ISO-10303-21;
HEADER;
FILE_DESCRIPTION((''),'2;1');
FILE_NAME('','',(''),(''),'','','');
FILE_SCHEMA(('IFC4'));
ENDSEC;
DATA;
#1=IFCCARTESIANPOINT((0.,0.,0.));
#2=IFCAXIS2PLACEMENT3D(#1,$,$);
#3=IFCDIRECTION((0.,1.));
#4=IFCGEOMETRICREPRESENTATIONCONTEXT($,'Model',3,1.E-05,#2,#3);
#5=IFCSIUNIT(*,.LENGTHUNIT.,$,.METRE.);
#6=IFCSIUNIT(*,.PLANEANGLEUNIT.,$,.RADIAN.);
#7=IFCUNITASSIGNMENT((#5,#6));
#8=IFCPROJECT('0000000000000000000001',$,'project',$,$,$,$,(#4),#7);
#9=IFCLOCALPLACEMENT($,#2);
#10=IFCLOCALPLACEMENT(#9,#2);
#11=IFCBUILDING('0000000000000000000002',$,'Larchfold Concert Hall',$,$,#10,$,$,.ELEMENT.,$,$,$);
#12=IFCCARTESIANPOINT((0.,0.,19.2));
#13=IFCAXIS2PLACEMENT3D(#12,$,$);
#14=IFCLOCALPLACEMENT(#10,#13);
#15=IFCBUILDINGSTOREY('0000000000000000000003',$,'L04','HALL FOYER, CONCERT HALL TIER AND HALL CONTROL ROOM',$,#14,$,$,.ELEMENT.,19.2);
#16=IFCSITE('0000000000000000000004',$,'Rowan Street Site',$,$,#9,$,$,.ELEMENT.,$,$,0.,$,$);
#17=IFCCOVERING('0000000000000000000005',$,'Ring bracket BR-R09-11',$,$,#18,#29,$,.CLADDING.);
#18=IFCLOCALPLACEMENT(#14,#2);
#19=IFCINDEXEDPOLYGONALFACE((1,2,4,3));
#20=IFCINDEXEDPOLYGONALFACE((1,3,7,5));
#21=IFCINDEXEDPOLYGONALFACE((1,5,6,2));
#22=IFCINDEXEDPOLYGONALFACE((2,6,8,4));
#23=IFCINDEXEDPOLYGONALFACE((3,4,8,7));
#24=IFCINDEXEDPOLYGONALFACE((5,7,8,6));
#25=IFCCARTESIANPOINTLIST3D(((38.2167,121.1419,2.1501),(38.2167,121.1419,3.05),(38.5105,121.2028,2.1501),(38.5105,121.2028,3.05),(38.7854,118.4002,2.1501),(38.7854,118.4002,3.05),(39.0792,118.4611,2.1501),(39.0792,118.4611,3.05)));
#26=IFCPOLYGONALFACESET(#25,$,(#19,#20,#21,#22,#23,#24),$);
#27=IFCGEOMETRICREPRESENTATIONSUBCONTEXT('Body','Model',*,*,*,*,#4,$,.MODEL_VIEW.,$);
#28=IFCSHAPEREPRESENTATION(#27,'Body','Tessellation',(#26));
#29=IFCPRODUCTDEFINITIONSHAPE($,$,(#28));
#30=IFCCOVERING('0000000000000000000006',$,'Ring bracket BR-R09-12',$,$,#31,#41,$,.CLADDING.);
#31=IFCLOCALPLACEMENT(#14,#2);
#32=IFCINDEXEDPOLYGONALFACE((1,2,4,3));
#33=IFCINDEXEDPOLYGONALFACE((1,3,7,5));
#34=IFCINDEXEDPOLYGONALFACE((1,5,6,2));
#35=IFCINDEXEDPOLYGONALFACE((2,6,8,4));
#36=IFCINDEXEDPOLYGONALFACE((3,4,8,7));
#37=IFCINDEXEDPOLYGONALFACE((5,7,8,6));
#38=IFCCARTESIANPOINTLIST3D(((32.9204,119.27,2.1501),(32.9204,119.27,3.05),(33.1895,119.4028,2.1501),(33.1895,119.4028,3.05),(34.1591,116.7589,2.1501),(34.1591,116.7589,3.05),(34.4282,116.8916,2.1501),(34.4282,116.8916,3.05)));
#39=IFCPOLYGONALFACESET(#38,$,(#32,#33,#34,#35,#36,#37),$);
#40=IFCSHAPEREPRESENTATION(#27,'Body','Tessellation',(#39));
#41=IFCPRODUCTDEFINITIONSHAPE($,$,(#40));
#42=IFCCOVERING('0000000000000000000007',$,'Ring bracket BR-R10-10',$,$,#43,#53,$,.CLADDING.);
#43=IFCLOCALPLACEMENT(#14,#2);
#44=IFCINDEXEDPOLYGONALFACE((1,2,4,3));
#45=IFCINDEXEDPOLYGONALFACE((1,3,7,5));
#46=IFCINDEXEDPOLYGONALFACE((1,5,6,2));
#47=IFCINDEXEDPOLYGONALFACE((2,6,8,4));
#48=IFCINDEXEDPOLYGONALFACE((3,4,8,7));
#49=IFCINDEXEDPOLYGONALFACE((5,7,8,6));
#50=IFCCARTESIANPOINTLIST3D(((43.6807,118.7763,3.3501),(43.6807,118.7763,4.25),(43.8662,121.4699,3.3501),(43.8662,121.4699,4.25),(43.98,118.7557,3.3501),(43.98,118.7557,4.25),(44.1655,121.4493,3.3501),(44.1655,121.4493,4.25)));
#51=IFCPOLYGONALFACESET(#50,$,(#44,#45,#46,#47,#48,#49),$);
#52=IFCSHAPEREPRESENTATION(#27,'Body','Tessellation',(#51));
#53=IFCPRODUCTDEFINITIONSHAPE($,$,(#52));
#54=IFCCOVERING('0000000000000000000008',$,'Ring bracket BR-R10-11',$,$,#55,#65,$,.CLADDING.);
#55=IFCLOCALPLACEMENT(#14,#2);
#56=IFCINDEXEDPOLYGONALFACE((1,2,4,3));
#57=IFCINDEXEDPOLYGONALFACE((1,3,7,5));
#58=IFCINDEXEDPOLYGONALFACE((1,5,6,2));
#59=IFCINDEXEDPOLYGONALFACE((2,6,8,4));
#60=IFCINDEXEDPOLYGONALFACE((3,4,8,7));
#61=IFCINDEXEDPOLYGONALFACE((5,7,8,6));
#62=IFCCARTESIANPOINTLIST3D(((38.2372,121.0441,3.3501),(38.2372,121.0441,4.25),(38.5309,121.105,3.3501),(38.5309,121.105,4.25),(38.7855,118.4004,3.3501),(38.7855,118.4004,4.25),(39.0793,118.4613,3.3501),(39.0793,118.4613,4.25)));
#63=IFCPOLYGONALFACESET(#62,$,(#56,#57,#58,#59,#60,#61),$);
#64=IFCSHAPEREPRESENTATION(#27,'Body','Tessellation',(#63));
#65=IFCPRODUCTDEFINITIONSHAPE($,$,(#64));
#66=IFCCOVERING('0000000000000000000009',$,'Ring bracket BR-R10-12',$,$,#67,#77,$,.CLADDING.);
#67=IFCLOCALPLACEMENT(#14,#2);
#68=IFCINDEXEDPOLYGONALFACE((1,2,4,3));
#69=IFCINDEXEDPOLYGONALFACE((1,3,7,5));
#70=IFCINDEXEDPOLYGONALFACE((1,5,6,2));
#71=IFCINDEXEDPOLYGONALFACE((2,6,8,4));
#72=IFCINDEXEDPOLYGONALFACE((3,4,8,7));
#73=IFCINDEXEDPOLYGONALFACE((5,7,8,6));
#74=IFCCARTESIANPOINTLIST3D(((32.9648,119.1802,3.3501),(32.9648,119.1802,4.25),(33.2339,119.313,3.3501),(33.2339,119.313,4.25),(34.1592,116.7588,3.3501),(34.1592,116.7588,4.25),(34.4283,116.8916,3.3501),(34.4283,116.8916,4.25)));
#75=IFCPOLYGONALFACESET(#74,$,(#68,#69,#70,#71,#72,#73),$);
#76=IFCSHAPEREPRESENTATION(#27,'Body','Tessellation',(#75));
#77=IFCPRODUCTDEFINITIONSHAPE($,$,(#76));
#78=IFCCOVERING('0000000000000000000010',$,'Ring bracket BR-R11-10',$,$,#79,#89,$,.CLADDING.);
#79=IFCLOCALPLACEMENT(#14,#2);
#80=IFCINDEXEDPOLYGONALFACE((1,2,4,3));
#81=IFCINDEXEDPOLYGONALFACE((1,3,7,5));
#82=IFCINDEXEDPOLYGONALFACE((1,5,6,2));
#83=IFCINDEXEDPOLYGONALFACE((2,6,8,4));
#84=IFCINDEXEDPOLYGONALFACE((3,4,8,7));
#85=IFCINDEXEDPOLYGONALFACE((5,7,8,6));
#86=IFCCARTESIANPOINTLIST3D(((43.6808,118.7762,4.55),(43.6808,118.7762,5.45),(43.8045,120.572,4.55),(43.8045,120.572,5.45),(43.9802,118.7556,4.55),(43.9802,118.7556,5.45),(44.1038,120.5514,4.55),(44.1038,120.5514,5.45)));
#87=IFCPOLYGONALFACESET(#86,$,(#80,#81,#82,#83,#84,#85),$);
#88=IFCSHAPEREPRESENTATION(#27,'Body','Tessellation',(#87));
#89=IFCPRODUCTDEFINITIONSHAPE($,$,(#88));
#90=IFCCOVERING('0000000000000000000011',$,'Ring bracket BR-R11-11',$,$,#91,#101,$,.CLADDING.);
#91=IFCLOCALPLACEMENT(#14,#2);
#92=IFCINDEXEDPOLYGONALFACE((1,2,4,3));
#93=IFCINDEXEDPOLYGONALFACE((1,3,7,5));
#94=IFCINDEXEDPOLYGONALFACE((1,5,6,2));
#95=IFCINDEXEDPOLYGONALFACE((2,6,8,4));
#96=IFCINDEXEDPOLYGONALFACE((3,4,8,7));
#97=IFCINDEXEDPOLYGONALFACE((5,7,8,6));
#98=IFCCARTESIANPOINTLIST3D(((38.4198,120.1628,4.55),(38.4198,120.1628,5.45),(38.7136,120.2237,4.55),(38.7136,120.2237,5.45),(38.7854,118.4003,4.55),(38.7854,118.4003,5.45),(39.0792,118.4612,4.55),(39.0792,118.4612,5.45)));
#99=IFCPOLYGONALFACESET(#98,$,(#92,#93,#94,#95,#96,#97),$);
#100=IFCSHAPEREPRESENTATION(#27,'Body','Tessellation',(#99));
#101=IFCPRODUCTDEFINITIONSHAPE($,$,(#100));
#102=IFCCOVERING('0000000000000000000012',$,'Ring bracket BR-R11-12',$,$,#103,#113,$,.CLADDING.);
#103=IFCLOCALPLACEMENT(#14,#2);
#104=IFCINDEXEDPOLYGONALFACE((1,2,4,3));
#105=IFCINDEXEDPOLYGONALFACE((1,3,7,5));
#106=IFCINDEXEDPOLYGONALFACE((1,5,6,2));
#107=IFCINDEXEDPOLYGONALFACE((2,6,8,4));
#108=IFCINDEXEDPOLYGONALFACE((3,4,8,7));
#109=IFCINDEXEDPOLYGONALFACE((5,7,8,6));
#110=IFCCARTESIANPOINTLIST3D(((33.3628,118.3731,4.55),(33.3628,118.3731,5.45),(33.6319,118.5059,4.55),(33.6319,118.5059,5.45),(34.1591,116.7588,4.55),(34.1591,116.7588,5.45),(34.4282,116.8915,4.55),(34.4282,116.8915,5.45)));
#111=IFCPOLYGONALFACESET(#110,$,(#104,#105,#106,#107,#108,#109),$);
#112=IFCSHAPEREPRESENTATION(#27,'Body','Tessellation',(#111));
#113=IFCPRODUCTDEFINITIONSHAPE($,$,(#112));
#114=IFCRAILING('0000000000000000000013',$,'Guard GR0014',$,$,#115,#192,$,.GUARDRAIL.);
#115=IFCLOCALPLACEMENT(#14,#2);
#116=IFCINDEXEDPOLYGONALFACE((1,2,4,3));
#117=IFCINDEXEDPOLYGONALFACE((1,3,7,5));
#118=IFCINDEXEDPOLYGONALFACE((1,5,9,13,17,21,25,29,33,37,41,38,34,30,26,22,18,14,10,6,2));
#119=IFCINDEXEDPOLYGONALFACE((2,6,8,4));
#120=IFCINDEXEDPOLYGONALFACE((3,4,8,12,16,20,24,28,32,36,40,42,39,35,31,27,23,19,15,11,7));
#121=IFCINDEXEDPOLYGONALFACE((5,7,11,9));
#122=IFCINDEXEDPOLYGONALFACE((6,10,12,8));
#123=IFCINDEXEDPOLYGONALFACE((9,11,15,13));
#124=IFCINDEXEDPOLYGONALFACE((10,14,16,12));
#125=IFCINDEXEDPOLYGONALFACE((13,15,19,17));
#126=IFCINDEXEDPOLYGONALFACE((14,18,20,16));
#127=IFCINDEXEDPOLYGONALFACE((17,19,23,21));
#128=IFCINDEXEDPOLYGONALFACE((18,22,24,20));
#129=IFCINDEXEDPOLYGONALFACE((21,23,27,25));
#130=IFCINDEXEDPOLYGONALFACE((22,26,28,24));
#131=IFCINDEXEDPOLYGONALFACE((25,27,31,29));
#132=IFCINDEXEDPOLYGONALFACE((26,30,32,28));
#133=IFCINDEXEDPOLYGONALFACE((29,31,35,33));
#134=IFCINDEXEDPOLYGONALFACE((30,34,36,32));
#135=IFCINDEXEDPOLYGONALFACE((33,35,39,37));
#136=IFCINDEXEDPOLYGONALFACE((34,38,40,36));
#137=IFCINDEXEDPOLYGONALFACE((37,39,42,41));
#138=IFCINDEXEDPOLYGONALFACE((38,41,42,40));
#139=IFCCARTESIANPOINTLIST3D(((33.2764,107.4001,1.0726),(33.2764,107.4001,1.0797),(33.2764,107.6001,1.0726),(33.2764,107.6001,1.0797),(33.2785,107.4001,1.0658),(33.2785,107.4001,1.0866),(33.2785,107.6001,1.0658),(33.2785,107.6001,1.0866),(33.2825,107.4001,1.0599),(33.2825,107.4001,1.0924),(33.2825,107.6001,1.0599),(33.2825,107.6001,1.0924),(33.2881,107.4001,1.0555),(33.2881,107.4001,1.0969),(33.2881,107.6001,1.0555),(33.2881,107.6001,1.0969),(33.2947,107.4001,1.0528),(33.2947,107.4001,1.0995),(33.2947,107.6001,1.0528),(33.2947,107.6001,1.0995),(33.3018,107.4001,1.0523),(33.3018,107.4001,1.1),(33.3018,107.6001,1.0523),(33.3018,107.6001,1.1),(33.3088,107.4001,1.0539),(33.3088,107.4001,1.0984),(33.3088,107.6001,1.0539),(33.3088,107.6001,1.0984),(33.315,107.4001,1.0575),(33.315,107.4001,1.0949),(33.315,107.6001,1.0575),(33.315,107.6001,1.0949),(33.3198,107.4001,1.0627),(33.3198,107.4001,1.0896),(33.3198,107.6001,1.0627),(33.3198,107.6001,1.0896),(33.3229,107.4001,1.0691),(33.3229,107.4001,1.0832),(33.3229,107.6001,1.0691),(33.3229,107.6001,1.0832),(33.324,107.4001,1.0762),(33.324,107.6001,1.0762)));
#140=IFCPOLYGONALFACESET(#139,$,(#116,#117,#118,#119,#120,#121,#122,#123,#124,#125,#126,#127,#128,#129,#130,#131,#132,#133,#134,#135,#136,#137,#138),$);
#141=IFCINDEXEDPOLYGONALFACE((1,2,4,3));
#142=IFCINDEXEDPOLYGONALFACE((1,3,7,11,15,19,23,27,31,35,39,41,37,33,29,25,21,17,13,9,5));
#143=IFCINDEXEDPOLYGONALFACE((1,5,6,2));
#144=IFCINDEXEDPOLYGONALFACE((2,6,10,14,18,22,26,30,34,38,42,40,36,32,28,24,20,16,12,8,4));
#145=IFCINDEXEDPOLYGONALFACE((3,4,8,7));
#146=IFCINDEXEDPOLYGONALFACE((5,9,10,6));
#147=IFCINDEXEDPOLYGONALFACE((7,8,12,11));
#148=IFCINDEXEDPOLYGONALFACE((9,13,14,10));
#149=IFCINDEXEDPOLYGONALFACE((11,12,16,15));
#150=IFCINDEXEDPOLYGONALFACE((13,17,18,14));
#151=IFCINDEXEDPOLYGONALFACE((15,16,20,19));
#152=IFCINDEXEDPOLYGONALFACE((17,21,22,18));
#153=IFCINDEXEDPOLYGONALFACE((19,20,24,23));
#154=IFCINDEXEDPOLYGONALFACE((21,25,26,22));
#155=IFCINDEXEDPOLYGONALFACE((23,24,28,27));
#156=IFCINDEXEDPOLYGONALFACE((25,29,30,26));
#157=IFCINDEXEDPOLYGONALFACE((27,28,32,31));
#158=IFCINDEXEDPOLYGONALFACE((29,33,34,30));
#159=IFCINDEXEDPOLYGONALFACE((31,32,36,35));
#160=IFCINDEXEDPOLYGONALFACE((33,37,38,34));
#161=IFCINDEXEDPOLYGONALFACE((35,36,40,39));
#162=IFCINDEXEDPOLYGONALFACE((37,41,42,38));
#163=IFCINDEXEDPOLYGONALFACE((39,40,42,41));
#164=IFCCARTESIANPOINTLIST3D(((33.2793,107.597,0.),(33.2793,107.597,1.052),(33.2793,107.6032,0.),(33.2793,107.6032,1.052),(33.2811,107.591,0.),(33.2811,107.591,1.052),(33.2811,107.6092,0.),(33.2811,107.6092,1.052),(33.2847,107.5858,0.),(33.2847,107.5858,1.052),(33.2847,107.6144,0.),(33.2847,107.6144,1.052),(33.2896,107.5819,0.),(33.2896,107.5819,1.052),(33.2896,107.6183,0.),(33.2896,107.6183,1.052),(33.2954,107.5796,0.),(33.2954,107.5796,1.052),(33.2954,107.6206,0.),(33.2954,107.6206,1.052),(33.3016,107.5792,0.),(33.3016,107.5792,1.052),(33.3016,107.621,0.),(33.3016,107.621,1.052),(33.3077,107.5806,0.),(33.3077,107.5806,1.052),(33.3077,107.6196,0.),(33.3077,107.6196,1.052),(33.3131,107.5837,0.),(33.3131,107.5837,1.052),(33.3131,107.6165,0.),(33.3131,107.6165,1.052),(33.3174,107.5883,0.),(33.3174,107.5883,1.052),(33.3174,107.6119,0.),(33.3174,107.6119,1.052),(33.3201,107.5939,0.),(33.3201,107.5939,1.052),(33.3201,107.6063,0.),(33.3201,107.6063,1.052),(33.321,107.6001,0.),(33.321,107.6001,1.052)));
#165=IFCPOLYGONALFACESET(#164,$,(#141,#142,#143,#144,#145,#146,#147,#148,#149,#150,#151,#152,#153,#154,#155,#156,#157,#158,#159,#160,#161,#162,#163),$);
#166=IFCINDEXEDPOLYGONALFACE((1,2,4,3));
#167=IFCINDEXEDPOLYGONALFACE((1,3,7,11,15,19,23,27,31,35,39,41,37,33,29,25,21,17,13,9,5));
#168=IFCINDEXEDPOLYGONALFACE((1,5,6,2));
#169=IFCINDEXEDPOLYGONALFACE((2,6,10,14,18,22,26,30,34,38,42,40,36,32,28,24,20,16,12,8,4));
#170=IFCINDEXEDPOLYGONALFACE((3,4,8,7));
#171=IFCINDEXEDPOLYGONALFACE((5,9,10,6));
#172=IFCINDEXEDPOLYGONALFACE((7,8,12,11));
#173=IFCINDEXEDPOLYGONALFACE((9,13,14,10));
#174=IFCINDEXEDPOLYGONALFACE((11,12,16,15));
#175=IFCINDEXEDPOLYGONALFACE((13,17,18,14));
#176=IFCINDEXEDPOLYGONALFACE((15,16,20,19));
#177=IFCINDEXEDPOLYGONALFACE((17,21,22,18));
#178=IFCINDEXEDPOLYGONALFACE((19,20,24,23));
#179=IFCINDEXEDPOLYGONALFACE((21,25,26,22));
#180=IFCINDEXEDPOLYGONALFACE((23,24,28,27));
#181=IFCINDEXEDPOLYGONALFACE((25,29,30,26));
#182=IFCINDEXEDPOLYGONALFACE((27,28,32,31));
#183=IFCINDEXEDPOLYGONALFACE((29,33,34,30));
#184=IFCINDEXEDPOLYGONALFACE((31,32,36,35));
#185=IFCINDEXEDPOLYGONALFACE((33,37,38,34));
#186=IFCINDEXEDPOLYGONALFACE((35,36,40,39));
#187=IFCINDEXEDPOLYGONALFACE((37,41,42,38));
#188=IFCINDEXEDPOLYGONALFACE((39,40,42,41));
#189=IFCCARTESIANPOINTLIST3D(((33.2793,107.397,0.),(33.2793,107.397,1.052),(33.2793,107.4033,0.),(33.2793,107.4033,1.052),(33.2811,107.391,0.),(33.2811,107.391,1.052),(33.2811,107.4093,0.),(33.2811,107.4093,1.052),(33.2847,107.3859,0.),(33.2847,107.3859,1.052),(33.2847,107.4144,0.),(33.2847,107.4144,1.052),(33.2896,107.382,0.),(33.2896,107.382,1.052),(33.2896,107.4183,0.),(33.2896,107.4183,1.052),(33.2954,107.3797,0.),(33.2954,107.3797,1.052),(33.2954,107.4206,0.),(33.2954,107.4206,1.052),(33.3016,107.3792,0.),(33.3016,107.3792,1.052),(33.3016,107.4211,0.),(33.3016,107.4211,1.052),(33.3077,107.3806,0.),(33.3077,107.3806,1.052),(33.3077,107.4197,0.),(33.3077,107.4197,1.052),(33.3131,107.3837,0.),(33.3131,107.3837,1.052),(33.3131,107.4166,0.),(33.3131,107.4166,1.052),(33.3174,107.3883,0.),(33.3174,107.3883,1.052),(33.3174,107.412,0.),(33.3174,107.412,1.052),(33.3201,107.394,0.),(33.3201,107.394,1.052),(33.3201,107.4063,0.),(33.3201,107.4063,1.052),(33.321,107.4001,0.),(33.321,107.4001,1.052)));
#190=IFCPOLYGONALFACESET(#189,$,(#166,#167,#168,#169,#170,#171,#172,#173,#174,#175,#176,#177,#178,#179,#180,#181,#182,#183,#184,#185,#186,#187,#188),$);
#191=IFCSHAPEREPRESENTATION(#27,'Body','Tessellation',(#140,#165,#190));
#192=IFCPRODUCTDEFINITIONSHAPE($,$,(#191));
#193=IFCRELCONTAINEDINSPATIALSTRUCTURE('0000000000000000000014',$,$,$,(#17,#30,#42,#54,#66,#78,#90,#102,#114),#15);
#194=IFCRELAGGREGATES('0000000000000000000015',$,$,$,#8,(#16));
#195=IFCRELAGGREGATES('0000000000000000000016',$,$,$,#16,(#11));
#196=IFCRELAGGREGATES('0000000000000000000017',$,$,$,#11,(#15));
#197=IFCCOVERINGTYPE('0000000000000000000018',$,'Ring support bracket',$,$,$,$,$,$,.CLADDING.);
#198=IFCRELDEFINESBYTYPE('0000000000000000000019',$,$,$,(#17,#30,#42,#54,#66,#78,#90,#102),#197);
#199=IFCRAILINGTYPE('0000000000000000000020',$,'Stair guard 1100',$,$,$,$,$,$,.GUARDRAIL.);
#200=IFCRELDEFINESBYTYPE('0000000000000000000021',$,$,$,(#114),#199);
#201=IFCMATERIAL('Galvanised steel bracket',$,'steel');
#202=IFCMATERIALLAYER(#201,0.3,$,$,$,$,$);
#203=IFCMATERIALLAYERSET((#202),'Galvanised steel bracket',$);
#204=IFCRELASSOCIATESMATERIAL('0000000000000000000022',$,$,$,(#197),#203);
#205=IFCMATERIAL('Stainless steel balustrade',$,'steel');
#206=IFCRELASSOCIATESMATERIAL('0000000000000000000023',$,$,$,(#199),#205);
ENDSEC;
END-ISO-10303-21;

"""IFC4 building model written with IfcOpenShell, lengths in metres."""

from ifc_helpers import new_model, si_unit, direction, frame, origin, origin_2d, place, context, subcontext, project, spatial, rectangle, circle, extrude, material, layer, layer_set, type_object, element, save


model = new_model("IFC4")

# Units and contexts
model_context = context("Model", 3, precision=1e-05, world=origin(), true_north=direction((0.0, 1.0)))
body_context = subcontext(model_context, "Body", "Model", "MODEL_VIEW")
ifc_project = project(units=[si_unit("LENGTHUNIT", "METRE"), si_unit("PLANEANGLEUNIT", "RADIAN")], contexts=[model_context])

# Site, building, storey
site_placement = place(None, origin())
site = spatial("IfcSite", under=ifc_project, at=site_placement, Name="Rowan Street Site", CompositionType="ELEMENT", RefElevation=0.0)
building_placement = place(site_placement, origin())
building = spatial("IfcBuilding", under=site, at=building_placement, Name="Larchfold Concert Hall", CompositionType="ELEMENT")
storey_placement = place(building_placement, frame((0.0, 0.0, 19.2)))
storey = spatial("IfcBuildingStorey", under=building, at=storey_placement, Name="L04", Description="HALL FOYER, CONCERT HALL TIER AND HALL CONTROL ROOM", CompositionType="ELEMENT", Elevation=19.2)

# Coverings
ifc_material_1 = material(Name="Galvanised steel bracket", Category="steel")
ifc_layer_1 = layer(ifc_material_1, 0.3)
ifc_layer_set_1 = layer_set([ifc_layer_1], Name="Galvanised steel bracket")
covering_type = type_object("IfcCoveringType", Name="Ring support bracket", PredefinedType="CLADDING", material=ifc_layer_set_1)
for number, where, z_axis, x_axis, name in (
    (1, (38.6479, 119.8015, 2.1501), (0.0, 0.0, 1.0), (-0.20308, 0.979162, 0.0), "Ring bracket BR-R09-11"),
    (2, (33.6743, 118.0808, 2.1501), (0.0, 0.0, 1.0), (-0.442369, 0.896833, 0.0), "Ring bracket BR-R09-12"),
):
    element("IfcCovering", number, at=place(storey_placement, frame(where, z_axis=z_axis, x_axis=x_axis)), inside=storey, type_object=covering_type, Name=name, PredefinedType="CLADDING", context=body_context, shape_type="SweptSolid", body=[
        extrude(rectangle(XDim=2.8, YDim=0.3, at=origin_2d()), origin(), (0.0, 0.0, 1.0), 0.8999),
    ])
for number, where, z_axis, x_axis, name in (
    (3, (43.9231, 120.1128, 3.3501), (0.0, 0.0, 1.0), (0.068693, 0.997638, 0.0), "Ring bracket BR-R10-10"),
    (4, (38.6582, 119.7527, 3.3501), (0.0, 0.0, 1.0), (-0.20308, 0.979162, 0.0), "Ring bracket BR-R10-11"),
    (5, (33.6965, 118.0359, 3.3501), (0.0, 0.0, 1.0), (-0.442369, 0.896833, 0.0), "Ring bracket BR-R10-12"),
):
    element("IfcCovering", number, at=place(storey_placement, frame(where, z_axis=z_axis, x_axis=x_axis)), inside=storey, type_object=covering_type, Name=name, PredefinedType="CLADDING", context=body_context, shape_type="SweptSolid", body=[
        extrude(rectangle(XDim=2.7, YDim=0.3, at=origin_2d()), origin(), (0.0, 0.0, 1.0), 0.8999),
    ])
for number, where, z_axis, x_axis, name in (
    (6, (43.8923, 119.6638, 4.55), (0.0, 0.0, 1.0), (0.068693, 0.997638, 0.0), "Ring bracket BR-R11-10"),
    (7, (38.7495, 119.312, 4.55), (0.0, 0.0, 1.0), (-0.20308, 0.979162, 0.0), "Ring bracket BR-R11-11"),
    (8, (33.8955, 117.6323, 4.55), (0.0, 0.0, 1.0), (-0.442369, 0.896833, 0.0), "Ring bracket BR-R11-12"),
):
    element("IfcCovering", number, at=place(storey_placement, frame(where, z_axis=z_axis, x_axis=x_axis)), inside=storey, type_object=covering_type, Name=name, PredefinedType="CLADDING", context=body_context, shape_type="SweptSolid", body=[
        extrude(rectangle(XDim=1.8, YDim=0.3, at=origin_2d()), origin(), (0.0, 0.0, 1.0), 0.8999),
    ])

# Railing
ifc_material_2 = material(Name="Stainless steel balustrade", Category="steel")
railing_type_1 = type_object("IfcRailingType", Name="Stair guard 1100", PredefinedType="GUARDRAIL", material=ifc_material_2)
railing_placement = place(storey_placement, frame((33.3, 107.6001, 0.0)))
element("IfcRailing", 9, at=railing_placement, inside=storey, type_object=railing_type_1, Name="Guard GR0014", PredefinedType="GUARDRAIL", context=body_context, shape_type="SweptSolid", body=[
    extrude(circle(Radius=0.0239, at=origin_2d()), frame((0.0, 0.0, 1.0762), z_axis=(0.0, -1.0, 0.0), x_axis=(1.0, 0.0, 0.0)), (0.0, 0.0, 1.0), 0.2),
    extrude(circle(Radius=0.021, at=origin_2d()), origin(), (0.0, 0.0, 1.0), 1.052),
    extrude(circle(Radius=0.021, at=origin_2d()), frame((0.0, -0.2, 0.0)), (0.0, 0.0, 1.0), 1.052),
])

save(model, "model.ifc")
